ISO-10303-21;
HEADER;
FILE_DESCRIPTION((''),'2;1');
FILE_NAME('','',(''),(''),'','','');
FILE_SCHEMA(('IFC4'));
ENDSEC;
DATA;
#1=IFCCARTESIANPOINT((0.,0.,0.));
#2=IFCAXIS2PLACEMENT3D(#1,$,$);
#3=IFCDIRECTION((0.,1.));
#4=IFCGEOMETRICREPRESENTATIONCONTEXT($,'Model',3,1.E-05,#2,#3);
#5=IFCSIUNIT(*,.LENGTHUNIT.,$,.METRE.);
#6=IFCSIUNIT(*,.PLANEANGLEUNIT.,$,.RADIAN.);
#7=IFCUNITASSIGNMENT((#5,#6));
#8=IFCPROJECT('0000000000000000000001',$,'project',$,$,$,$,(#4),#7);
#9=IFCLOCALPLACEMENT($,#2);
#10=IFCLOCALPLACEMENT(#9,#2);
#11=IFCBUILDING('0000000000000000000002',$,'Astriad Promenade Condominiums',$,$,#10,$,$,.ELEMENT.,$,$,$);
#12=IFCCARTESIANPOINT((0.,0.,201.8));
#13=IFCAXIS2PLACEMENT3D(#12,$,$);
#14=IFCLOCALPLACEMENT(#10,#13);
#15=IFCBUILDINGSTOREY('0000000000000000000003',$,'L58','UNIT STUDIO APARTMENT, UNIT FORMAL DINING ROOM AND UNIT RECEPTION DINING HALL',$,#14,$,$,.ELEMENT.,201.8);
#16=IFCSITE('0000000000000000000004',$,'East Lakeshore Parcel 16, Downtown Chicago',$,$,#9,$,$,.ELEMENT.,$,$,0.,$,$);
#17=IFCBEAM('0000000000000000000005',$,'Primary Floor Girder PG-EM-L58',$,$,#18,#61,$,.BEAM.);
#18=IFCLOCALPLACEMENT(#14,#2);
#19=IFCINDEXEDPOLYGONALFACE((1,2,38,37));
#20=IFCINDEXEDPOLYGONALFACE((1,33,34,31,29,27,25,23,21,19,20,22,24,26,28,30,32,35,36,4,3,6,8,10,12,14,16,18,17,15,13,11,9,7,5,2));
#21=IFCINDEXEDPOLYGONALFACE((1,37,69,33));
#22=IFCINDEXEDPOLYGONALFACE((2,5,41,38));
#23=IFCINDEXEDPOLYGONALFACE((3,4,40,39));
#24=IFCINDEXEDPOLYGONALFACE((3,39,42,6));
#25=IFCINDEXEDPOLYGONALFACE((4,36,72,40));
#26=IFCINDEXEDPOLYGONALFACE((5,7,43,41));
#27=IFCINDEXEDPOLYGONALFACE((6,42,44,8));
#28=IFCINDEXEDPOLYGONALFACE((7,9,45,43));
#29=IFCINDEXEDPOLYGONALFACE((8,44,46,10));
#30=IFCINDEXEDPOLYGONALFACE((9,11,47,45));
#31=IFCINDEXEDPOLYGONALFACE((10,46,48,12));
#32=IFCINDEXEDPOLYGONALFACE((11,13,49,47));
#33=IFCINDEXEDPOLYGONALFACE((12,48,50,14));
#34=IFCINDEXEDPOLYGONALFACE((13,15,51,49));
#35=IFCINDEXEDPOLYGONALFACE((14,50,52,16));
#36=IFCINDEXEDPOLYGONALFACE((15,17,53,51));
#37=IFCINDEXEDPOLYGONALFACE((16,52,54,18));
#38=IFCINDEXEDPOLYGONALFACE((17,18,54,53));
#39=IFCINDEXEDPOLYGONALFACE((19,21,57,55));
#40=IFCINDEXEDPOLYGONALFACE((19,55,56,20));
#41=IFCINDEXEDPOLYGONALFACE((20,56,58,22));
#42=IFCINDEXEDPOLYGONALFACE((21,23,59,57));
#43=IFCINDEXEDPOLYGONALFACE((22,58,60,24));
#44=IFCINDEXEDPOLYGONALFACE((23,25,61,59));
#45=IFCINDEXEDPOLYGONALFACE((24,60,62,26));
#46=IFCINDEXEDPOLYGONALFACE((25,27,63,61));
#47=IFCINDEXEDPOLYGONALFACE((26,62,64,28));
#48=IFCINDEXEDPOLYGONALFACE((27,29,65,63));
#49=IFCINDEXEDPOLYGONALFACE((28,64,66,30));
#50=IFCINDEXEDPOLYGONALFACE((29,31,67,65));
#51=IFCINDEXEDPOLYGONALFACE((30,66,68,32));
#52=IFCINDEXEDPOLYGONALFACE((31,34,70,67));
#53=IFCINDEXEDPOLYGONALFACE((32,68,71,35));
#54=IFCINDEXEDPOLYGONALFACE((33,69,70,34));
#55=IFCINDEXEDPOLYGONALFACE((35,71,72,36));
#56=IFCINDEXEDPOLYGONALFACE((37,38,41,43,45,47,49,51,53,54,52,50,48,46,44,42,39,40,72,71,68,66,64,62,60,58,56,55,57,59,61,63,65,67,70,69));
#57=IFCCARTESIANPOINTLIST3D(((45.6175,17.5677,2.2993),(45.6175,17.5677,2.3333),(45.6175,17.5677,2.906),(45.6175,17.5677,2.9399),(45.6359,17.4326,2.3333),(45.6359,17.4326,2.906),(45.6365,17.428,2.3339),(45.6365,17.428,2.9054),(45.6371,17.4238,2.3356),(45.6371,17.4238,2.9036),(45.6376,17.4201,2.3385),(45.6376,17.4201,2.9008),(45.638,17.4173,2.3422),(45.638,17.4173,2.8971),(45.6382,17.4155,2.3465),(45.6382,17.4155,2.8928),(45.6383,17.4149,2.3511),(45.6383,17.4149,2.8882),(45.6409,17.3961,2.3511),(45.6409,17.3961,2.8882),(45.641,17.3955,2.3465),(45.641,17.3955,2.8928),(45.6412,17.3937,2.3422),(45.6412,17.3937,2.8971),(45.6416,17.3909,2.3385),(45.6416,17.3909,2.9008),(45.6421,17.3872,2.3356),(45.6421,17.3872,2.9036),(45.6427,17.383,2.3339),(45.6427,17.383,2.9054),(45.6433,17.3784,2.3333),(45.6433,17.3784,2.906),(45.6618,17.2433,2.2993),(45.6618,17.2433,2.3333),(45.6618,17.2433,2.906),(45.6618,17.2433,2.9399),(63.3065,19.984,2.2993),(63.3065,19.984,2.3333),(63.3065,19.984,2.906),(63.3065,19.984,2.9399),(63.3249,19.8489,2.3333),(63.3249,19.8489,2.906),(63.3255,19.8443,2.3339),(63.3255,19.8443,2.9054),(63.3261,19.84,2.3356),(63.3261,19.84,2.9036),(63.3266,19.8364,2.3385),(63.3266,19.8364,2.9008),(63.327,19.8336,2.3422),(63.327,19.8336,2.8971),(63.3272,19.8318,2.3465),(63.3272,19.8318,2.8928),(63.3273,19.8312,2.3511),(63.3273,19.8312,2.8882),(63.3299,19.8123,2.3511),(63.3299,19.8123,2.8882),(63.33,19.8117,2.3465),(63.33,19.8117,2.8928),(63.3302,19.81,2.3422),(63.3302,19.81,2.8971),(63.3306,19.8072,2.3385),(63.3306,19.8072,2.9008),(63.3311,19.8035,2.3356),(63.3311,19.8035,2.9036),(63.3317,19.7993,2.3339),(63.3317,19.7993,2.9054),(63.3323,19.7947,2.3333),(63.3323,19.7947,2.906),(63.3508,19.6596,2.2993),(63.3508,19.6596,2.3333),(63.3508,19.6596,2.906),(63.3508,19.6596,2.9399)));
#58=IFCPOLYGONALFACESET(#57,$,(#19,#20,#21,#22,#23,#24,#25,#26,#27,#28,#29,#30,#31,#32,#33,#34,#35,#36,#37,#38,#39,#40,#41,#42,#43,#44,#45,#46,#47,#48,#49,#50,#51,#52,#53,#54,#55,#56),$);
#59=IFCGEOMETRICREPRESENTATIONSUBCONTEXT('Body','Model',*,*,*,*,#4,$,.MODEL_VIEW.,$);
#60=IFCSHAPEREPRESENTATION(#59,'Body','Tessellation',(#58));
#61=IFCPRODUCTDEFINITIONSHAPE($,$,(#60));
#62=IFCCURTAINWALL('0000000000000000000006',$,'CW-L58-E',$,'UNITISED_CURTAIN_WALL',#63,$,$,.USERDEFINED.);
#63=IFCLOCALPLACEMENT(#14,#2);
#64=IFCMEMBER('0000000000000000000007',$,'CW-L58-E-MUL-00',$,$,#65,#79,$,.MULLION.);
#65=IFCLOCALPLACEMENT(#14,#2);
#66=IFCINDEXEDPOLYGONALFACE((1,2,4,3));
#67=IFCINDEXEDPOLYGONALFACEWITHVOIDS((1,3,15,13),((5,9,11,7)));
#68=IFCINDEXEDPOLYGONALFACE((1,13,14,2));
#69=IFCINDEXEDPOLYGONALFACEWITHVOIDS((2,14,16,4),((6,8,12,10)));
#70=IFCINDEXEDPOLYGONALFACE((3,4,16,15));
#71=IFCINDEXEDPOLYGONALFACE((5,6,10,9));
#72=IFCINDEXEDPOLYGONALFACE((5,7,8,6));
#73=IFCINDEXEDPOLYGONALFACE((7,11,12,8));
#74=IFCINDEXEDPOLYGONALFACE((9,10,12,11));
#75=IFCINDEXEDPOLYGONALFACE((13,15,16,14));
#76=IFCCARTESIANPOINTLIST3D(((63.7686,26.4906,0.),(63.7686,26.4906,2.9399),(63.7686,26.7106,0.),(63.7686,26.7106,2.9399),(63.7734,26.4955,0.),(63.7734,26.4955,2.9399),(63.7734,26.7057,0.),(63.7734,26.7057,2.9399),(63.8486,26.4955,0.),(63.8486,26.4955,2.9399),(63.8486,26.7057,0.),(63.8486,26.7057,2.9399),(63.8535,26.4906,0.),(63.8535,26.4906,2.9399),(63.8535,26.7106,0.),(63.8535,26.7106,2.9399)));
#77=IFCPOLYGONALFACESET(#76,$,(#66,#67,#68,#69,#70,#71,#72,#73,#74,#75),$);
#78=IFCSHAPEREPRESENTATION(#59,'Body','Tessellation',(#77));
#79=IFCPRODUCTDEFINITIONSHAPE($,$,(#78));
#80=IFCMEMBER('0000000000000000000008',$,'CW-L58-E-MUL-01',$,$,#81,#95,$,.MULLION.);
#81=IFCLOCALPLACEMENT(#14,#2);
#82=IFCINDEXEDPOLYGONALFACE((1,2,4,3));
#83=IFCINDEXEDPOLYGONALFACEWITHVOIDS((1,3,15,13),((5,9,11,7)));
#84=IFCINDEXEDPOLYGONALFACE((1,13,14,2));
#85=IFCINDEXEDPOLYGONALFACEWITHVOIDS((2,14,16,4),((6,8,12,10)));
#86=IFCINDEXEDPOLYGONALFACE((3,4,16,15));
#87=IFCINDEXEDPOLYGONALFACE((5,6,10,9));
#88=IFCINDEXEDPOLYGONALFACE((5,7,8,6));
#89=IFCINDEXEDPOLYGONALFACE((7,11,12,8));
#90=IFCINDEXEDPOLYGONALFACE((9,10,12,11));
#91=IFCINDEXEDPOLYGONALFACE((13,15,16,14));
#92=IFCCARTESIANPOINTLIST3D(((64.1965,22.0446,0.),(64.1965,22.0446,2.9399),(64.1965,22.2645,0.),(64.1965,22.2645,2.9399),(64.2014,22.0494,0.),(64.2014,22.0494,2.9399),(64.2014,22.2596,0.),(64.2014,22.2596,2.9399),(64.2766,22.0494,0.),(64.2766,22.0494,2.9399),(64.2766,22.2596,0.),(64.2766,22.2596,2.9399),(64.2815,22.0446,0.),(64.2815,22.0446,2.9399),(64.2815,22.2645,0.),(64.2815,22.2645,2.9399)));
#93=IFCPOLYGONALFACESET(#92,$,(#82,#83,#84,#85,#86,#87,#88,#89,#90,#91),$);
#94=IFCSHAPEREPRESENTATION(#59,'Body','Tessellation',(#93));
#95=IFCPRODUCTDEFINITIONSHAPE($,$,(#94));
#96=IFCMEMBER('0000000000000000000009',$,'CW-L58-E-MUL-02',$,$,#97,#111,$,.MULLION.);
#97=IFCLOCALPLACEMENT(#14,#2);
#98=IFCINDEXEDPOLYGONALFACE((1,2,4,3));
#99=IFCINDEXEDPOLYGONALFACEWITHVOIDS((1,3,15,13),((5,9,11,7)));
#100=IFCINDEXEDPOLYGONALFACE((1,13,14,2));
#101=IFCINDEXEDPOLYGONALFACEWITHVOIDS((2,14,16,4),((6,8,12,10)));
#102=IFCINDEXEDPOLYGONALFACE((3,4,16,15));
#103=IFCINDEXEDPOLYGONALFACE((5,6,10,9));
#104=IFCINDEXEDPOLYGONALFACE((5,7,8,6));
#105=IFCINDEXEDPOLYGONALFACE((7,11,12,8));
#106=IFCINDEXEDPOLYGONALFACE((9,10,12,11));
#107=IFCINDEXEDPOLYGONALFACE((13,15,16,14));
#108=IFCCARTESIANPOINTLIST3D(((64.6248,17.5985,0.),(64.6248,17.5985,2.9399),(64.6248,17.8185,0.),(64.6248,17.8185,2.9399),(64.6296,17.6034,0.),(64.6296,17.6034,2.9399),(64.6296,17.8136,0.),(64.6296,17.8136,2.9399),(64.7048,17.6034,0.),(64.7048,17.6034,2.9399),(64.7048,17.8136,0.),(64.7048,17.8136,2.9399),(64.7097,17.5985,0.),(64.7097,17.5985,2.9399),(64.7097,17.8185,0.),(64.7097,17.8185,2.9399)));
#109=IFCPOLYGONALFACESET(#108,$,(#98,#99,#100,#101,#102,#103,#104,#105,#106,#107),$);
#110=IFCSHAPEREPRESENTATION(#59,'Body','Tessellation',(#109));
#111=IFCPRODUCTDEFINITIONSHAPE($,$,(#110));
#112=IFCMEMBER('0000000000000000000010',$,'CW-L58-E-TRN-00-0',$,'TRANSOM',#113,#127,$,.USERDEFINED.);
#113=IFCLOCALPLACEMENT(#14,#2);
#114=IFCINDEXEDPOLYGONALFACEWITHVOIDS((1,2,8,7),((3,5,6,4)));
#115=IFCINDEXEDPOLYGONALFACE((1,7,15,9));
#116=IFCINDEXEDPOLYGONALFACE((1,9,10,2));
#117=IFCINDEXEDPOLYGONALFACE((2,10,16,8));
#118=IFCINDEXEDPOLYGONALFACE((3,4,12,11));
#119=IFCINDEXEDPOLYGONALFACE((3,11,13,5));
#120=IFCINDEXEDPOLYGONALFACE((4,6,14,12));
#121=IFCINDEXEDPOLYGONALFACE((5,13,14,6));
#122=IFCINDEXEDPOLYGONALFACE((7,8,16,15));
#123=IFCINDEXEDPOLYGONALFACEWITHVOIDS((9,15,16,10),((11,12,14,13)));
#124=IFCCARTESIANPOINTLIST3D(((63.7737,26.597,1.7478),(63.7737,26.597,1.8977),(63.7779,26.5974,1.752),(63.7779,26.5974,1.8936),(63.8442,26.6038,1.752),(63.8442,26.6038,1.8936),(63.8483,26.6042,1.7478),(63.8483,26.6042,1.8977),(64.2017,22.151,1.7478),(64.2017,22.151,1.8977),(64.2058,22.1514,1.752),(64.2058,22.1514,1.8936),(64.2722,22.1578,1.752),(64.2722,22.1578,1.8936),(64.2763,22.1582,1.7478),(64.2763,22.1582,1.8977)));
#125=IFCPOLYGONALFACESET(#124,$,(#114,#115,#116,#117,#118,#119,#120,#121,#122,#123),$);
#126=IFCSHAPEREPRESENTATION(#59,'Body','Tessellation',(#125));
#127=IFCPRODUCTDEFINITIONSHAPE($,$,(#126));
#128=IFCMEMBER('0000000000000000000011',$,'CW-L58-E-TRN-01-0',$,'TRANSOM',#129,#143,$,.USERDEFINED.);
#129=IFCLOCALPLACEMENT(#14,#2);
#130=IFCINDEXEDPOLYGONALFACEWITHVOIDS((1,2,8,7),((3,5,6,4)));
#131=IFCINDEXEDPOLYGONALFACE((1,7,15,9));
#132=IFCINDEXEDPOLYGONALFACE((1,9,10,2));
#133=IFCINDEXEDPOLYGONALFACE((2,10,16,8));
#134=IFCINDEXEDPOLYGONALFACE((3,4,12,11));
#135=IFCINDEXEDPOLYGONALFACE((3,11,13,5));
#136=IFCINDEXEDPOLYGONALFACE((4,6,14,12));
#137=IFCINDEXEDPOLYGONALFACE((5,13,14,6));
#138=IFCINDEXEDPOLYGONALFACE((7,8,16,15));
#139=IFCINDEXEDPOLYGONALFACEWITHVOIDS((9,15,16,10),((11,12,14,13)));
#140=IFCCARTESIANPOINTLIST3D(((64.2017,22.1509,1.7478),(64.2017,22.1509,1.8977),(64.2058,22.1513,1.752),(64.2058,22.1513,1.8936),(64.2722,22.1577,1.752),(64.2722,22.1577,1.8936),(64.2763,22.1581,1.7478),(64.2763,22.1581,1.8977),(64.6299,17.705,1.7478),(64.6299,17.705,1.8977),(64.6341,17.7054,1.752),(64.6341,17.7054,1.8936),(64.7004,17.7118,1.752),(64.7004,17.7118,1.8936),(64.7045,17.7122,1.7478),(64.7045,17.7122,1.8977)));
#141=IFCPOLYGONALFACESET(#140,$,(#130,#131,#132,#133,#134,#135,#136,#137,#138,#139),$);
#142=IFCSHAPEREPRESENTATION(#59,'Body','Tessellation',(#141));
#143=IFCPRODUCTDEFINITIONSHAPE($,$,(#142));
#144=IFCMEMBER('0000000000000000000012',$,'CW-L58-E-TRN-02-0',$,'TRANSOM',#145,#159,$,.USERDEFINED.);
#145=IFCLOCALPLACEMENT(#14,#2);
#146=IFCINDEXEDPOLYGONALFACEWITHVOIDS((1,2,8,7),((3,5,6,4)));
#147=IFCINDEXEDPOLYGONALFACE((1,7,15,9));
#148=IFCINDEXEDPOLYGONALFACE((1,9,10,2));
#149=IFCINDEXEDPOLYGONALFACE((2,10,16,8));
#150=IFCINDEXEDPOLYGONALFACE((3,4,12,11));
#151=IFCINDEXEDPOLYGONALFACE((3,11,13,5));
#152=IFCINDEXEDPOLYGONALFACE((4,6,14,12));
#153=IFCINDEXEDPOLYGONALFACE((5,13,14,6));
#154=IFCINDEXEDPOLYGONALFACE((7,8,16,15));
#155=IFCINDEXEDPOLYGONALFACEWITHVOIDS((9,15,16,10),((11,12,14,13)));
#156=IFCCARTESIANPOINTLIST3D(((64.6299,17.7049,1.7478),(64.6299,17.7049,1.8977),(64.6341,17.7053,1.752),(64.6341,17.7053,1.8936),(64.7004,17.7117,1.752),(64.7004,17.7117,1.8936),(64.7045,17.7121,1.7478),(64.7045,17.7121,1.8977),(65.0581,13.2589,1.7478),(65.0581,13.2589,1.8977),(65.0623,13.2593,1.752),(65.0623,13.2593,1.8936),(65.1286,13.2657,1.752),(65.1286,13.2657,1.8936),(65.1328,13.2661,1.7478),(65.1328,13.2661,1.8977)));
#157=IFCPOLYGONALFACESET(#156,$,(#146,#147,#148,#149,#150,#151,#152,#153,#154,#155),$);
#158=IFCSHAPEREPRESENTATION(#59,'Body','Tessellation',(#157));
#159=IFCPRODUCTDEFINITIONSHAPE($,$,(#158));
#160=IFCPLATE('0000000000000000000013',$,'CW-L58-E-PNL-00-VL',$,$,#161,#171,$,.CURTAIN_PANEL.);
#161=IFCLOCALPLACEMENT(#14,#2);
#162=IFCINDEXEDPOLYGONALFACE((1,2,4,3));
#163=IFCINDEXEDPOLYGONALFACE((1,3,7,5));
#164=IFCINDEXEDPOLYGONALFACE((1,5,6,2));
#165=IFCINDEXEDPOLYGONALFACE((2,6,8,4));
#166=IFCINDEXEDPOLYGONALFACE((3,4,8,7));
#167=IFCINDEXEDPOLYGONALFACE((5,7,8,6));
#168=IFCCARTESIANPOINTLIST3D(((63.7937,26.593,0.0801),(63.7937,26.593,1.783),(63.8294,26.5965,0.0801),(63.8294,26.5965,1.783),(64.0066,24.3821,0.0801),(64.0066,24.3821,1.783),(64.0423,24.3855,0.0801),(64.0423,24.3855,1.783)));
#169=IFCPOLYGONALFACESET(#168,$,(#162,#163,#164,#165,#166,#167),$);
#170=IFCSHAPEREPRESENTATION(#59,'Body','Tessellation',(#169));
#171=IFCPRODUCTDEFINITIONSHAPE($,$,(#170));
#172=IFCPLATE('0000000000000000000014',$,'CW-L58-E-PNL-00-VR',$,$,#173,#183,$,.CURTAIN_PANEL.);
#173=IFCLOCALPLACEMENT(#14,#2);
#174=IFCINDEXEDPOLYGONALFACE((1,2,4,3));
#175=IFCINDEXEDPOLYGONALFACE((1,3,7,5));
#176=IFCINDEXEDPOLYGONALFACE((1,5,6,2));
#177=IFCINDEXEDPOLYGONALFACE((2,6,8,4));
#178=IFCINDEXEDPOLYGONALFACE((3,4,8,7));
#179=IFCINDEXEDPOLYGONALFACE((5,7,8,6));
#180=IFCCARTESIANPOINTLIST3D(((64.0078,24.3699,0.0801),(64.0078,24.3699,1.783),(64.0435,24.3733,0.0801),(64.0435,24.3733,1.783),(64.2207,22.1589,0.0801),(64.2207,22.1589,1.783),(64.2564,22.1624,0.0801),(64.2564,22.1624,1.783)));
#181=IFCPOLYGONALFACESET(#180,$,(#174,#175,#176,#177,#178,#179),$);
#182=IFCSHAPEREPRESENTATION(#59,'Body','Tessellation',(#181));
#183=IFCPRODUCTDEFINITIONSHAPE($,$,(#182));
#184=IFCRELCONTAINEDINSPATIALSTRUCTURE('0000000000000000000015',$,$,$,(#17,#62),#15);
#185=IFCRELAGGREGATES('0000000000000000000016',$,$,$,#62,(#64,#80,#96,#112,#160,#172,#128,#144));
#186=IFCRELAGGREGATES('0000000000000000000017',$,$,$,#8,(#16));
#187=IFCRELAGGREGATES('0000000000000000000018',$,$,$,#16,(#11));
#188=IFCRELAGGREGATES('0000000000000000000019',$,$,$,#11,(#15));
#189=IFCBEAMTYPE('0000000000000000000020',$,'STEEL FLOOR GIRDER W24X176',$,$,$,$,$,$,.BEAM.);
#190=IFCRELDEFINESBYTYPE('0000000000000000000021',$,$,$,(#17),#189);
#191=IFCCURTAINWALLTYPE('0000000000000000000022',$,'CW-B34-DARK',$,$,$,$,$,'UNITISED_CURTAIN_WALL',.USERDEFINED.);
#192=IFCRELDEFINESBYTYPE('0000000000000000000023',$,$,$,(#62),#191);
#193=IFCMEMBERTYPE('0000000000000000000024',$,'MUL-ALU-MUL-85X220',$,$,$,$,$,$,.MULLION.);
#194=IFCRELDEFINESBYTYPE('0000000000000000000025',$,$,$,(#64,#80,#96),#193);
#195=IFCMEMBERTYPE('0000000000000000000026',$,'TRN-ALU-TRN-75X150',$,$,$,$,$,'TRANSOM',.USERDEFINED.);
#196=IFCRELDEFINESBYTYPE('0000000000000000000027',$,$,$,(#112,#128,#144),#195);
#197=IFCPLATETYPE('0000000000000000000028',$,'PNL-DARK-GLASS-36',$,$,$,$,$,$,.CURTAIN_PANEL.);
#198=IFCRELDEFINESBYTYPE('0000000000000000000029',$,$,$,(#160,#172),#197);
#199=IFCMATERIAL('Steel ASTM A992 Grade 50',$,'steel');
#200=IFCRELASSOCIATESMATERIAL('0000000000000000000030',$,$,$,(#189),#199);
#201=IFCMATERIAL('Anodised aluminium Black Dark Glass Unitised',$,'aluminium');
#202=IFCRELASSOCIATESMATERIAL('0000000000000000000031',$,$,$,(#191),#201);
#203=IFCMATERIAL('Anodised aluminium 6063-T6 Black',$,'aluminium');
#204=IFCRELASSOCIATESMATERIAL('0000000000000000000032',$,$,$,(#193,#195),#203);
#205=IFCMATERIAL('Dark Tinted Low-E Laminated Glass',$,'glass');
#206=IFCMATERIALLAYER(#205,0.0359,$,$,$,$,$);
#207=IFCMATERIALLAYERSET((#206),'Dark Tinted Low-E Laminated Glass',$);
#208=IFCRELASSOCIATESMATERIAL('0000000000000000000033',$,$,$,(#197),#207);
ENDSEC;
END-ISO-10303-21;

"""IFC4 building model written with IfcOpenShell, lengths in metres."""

from ifc_helpers import new_model, si_unit, direction, frame, origin, origin_2d, place, context, subcontext, project, spatial, rectangle, hollow_rectangle, i_section, extrude, source, transform, mapped, material, layer, layer_set, material_profile, profile_set, type_object, type_shapes, element, aggregate, save


model = new_model("IFC4")

# Units and contexts
model_context = context("Model", 3, precision=1e-05, world=origin(), true_north=direction((0.0, 1.0)))
body_context = subcontext(model_context, "Body", "Model", "MODEL_VIEW")
ifc_project = project(units=[si_unit("LENGTHUNIT", "METRE"), si_unit("PLANEANGLEUNIT", "RADIAN")], contexts=[model_context])

# Site, building, storey
site_placement = place(None, origin())
site = spatial("IfcSite", under=ifc_project, at=site_placement, Name="East Lakeshore Parcel 16, Downtown Chicago", CompositionType="ELEMENT", RefElevation=0.0)
building_placement = place(site_placement, origin())
building = spatial("IfcBuilding", under=site, at=building_placement, Name="Astriad Promenade Condominiums", CompositionType="ELEMENT")
storey_placement = place(building_placement, frame((0.0, 0.0, 201.8)))
storey = spatial("IfcBuildingStorey", under=building, at=storey_placement, Name="L58", Description="UNIT STUDIO APARTMENT, UNIT FORMAL DINING ROOM AND UNIT RECEPTION DINING HALL", CompositionType="ELEMENT", Elevation=201.8)

# Beam
ifc_material_1 = material(Name="Steel ASTM A992 Grade 50", Category="steel")
ifc_material_profile_1 = material_profile(ifc_material_1, i_section(OverallWidth=0.3274, OverallDepth=0.6406, WebThickness=0.019, FlangeThickness=0.0339, FilletRadius=0.0178, at=origin_2d()), Name="W24X176")
ifc_profile_set_1 = profile_set([ifc_material_profile_1], Name="Steel ASTM A992 Grade 50")
beam_type_1 = type_object("IfcBeamType", Name="STEEL FLOOR GIRDER W24X176", PredefinedType="BEAM", material=ifc_profile_set_1)
shared_shape_1 = source(origin(), body_context, "Body", "SweptSolid", [
    extrude(i_section(OverallWidth=0.3274, OverallDepth=0.6406, WebThickness=0.019, FlangeThickness=0.0339, FilletRadius=0.0178, at=origin_2d()), origin(), (0.0, 0.0, 1.0), 17.8533),
])
type_shapes(beam_type_1, [shared_shape_1])
beam_1_placement = place(storey_placement, frame((63.3286, 19.8218, 2.6196), z_axis=(-0.990799, -0.13534, 0.0), x_axis=(0.13534, -0.990799, 0.0)))
element("IfcBeam", 1, at=beam_1_placement, inside=storey, type_object=beam_type_1, Name="Primary Floor Girder PG-EM-L58", PredefinedType="BEAM", context=body_context, shape_type="MappedRepresentation", body=[
    mapped(shared_shape_1, transform((0.0, 0.0, 0.0), scale=1.0)),
])

# Curtain wall, members, plates
ifc_material_2 = material(Name="Anodised aluminium Black Dark Glass Unitised", Category="aluminium")
curtain_wall_type = type_object("IfcCurtainWallType", Name="CW-B34-DARK", ElementType="UNITISED_CURTAIN_WALL", PredefinedType="USERDEFINED", material=ifc_material_2)
curtain_wall_placement = place(storey_placement, origin())
curtain_wall = element("IfcCurtainWall", 2, at=curtain_wall_placement, inside=storey, type_object=curtain_wall_type, Name="CW-L58-E", ObjectType="UNITISED_CURTAIN_WALL", PredefinedType="USERDEFINED")
ifc_material_3 = material(Name="Anodised aluminium 6063-T6 Black", Category="aluminium")
ifc_material_profile_2 = material_profile(ifc_material_3, hollow_rectangle(XDim=0.085, YDim=0.22, WallThickness=0.0049, at=origin_2d()), Name="ALU-MUL-85X220")
ifc_profile_set_2 = profile_set([ifc_material_profile_2], Name="Anodised aluminium 6063-T6 Black")
member_type_1 = type_object("IfcMemberType", Name="MUL-ALU-MUL-85X220", PredefinedType="MULLION", material=ifc_profile_set_2)
shared_shape_2 = source(origin(), body_context, "Body", "SweptSolid", [
    extrude(hollow_rectangle(XDim=0.085, YDim=0.22, WallThickness=0.0049, at=origin_2d()), origin(), (0.0, 0.0, 1.0), 2.9399),
])
type_shapes(member_type_1, [shared_shape_2])
member_1_placement = place(storey_placement, frame((63.811, 26.6006, 0.0), z_axis=(0.0, 0.0, 1.0), x_axis=(1.0, 0.0, 0.0)))
member_1 = element("IfcMember", 3, at=member_1_placement, type_object=member_type_1, Name="CW-L58-E-MUL-00", PredefinedType="MULLION", context=body_context, shape_type="MappedRepresentation", body=[
    mapped(shared_shape_2, transform((0.0, 0.0, 0.0), scale=1.0)),
])
member_2_placement = place(storey_placement, frame((64.239, 22.1545, 0.0), z_axis=(0.0, 0.0, 1.0), x_axis=(1.0, 0.0, 0.0)))
member_2 = element("IfcMember", 4, at=member_2_placement, type_object=member_type_1, Name="CW-L58-E-MUL-01", PredefinedType="MULLION", context=body_context, shape_type="MappedRepresentation", body=[
    mapped(shared_shape_2, transform((0.0, 0.0, 0.0), scale=1.0)),
])
member_3_placement = place(storey_placement, frame((64.6672, 17.7085, 0.0), z_axis=(0.0, 0.0, 1.0), x_axis=(1.0, 0.0, 0.0)))
member_3 = element("IfcMember", 5, at=member_3_placement, type_object=member_type_1, Name="CW-L58-E-MUL-02", PredefinedType="MULLION", context=body_context, shape_type="MappedRepresentation", body=[
    mapped(shared_shape_2, transform((0.0, 0.0, 0.0), scale=1.0)),
])
ifc_material_profile_3 = material_profile(ifc_material_3, hollow_rectangle(XDim=0.075, YDim=0.1499, WallThickness=0.0042, at=origin_2d()), Name="ALU-TRN-75X150")
ifc_profile_set_3 = profile_set([ifc_material_profile_3], Name="Anodised aluminium 6063-T6 Black")
member_type_2 = type_object("IfcMemberType", Name="TRN-ALU-TRN-75X150", ElementType="TRANSOM", PredefinedType="USERDEFINED", material=ifc_profile_set_3)
shared_shape_3 = source(origin(), body_context, "Body", "SweptSolid", [
    extrude(hollow_rectangle(XDim=0.075, YDim=0.1499, WallThickness=0.0042, at=origin_2d()), origin(), (0.0, 0.0, 1.0), 4.4666),
])
type_shapes(member_type_2, [shared_shape_3])
member_4_placement = place(storey_placement, frame((63.811, 26.6006, 1.8228), z_axis=(0.095818, -0.995399, 0.0), x_axis=(0.995399, 0.095818, 0.0)))
member_4 = element("IfcMember", 6, at=member_4_placement, type_object=member_type_2, Name="CW-L58-E-TRN-00-0", ObjectType="TRANSOM", PredefinedType="USERDEFINED", context=body_context, shape_type="MappedRepresentation", body=[
    mapped(shared_shape_3, transform((0.0, 0.0, 0.0), scale=1.0)),
])
member_5_placement = place(storey_placement, frame((64.239, 22.1545, 1.8228), z_axis=(0.095872, -0.995394, 0.0), x_axis=(0.995394, 0.095872, 0.0)))
member_5 = element("IfcMember", 7, at=member_5_placement, type_object=member_type_2, Name="CW-L58-E-TRN-01-0", ObjectType="TRANSOM", PredefinedType="USERDEFINED", context=body_context, shape_type="MappedRepresentation", body=[
    mapped(shared_shape_3, transform((0.0, 0.0, 0.0), scale=1.0)),
])
member_6_placement = place(storey_placement, frame((64.6672, 17.7085, 1.8228), z_axis=(0.095872, -0.995394, 0.0), x_axis=(0.995394, 0.095872, 0.0)))
member_6 = element("IfcMember", 8, at=member_6_placement, type_object=member_type_2, Name="CW-L58-E-TRN-02-0", ObjectType="TRANSOM", PredefinedType="USERDEFINED", context=body_context, shape_type="MappedRepresentation", body=[
    mapped(shared_shape_3, transform((0.0, 0.0, 0.0), scale=1.0)),
])
ifc_material_4 = material(Name="Dark Tinted Low-E Laminated Glass", Category="glass")
ifc_layer_1 = layer(ifc_material_4, 0.0359)
ifc_layer_set_1 = layer_set([ifc_layer_1], Name="Dark Tinted Low-E Laminated Glass")
plate_type = type_object("IfcPlateType", Name="PNL-DARK-GLASS-36", PredefinedType="CURTAIN_PANEL", material=ifc_layer_set_1)
shared_shape_4 = source(origin(), body_context, "Body", "SweptSolid", [
    extrude(rectangle(XDim=2.2212, YDim=0.0359, at=origin_2d()), origin(), (0.0, 0.0, 1.0), 1.7029),
])
plate_1_placement = place(storey_placement, frame((63.918, 25.4893, 0.0801), z_axis=(0.0, 0.0, 1.0), x_axis=(0.095846, -0.995396, 0.0)))
plate_1 = element("IfcPlate", 9, at=plate_1_placement, type_object=plate_type, Name="CW-L58-E-PNL-00-VL", PredefinedType="CURTAIN_PANEL", context=body_context, shape_type="MappedRepresentation", body=[
    mapped(shared_shape_4, transform((0.0, 0.0, 0.0), scale=1.0)),
])
plate_2_placement = place(storey_placement, frame((64.1321, 23.2661, 0.0801), z_axis=(0.0, 0.0, 1.0), x_axis=(0.095846, -0.995396, 0.0)))
plate_2 = element("IfcPlate", 10, at=plate_2_placement, type_object=plate_type, Name="CW-L58-E-PNL-00-VR", PredefinedType="CURTAIN_PANEL", context=body_context, shape_type="MappedRepresentation", body=[
    mapped(shared_shape_4, transform((0.0, 0.0, 0.0), scale=1.0)),
])
aggregate(curtain_wall, [member_1, member_2, member_3, member_4, plate_1, plate_2, member_5, member_6])

save(model, "model.ifc")
